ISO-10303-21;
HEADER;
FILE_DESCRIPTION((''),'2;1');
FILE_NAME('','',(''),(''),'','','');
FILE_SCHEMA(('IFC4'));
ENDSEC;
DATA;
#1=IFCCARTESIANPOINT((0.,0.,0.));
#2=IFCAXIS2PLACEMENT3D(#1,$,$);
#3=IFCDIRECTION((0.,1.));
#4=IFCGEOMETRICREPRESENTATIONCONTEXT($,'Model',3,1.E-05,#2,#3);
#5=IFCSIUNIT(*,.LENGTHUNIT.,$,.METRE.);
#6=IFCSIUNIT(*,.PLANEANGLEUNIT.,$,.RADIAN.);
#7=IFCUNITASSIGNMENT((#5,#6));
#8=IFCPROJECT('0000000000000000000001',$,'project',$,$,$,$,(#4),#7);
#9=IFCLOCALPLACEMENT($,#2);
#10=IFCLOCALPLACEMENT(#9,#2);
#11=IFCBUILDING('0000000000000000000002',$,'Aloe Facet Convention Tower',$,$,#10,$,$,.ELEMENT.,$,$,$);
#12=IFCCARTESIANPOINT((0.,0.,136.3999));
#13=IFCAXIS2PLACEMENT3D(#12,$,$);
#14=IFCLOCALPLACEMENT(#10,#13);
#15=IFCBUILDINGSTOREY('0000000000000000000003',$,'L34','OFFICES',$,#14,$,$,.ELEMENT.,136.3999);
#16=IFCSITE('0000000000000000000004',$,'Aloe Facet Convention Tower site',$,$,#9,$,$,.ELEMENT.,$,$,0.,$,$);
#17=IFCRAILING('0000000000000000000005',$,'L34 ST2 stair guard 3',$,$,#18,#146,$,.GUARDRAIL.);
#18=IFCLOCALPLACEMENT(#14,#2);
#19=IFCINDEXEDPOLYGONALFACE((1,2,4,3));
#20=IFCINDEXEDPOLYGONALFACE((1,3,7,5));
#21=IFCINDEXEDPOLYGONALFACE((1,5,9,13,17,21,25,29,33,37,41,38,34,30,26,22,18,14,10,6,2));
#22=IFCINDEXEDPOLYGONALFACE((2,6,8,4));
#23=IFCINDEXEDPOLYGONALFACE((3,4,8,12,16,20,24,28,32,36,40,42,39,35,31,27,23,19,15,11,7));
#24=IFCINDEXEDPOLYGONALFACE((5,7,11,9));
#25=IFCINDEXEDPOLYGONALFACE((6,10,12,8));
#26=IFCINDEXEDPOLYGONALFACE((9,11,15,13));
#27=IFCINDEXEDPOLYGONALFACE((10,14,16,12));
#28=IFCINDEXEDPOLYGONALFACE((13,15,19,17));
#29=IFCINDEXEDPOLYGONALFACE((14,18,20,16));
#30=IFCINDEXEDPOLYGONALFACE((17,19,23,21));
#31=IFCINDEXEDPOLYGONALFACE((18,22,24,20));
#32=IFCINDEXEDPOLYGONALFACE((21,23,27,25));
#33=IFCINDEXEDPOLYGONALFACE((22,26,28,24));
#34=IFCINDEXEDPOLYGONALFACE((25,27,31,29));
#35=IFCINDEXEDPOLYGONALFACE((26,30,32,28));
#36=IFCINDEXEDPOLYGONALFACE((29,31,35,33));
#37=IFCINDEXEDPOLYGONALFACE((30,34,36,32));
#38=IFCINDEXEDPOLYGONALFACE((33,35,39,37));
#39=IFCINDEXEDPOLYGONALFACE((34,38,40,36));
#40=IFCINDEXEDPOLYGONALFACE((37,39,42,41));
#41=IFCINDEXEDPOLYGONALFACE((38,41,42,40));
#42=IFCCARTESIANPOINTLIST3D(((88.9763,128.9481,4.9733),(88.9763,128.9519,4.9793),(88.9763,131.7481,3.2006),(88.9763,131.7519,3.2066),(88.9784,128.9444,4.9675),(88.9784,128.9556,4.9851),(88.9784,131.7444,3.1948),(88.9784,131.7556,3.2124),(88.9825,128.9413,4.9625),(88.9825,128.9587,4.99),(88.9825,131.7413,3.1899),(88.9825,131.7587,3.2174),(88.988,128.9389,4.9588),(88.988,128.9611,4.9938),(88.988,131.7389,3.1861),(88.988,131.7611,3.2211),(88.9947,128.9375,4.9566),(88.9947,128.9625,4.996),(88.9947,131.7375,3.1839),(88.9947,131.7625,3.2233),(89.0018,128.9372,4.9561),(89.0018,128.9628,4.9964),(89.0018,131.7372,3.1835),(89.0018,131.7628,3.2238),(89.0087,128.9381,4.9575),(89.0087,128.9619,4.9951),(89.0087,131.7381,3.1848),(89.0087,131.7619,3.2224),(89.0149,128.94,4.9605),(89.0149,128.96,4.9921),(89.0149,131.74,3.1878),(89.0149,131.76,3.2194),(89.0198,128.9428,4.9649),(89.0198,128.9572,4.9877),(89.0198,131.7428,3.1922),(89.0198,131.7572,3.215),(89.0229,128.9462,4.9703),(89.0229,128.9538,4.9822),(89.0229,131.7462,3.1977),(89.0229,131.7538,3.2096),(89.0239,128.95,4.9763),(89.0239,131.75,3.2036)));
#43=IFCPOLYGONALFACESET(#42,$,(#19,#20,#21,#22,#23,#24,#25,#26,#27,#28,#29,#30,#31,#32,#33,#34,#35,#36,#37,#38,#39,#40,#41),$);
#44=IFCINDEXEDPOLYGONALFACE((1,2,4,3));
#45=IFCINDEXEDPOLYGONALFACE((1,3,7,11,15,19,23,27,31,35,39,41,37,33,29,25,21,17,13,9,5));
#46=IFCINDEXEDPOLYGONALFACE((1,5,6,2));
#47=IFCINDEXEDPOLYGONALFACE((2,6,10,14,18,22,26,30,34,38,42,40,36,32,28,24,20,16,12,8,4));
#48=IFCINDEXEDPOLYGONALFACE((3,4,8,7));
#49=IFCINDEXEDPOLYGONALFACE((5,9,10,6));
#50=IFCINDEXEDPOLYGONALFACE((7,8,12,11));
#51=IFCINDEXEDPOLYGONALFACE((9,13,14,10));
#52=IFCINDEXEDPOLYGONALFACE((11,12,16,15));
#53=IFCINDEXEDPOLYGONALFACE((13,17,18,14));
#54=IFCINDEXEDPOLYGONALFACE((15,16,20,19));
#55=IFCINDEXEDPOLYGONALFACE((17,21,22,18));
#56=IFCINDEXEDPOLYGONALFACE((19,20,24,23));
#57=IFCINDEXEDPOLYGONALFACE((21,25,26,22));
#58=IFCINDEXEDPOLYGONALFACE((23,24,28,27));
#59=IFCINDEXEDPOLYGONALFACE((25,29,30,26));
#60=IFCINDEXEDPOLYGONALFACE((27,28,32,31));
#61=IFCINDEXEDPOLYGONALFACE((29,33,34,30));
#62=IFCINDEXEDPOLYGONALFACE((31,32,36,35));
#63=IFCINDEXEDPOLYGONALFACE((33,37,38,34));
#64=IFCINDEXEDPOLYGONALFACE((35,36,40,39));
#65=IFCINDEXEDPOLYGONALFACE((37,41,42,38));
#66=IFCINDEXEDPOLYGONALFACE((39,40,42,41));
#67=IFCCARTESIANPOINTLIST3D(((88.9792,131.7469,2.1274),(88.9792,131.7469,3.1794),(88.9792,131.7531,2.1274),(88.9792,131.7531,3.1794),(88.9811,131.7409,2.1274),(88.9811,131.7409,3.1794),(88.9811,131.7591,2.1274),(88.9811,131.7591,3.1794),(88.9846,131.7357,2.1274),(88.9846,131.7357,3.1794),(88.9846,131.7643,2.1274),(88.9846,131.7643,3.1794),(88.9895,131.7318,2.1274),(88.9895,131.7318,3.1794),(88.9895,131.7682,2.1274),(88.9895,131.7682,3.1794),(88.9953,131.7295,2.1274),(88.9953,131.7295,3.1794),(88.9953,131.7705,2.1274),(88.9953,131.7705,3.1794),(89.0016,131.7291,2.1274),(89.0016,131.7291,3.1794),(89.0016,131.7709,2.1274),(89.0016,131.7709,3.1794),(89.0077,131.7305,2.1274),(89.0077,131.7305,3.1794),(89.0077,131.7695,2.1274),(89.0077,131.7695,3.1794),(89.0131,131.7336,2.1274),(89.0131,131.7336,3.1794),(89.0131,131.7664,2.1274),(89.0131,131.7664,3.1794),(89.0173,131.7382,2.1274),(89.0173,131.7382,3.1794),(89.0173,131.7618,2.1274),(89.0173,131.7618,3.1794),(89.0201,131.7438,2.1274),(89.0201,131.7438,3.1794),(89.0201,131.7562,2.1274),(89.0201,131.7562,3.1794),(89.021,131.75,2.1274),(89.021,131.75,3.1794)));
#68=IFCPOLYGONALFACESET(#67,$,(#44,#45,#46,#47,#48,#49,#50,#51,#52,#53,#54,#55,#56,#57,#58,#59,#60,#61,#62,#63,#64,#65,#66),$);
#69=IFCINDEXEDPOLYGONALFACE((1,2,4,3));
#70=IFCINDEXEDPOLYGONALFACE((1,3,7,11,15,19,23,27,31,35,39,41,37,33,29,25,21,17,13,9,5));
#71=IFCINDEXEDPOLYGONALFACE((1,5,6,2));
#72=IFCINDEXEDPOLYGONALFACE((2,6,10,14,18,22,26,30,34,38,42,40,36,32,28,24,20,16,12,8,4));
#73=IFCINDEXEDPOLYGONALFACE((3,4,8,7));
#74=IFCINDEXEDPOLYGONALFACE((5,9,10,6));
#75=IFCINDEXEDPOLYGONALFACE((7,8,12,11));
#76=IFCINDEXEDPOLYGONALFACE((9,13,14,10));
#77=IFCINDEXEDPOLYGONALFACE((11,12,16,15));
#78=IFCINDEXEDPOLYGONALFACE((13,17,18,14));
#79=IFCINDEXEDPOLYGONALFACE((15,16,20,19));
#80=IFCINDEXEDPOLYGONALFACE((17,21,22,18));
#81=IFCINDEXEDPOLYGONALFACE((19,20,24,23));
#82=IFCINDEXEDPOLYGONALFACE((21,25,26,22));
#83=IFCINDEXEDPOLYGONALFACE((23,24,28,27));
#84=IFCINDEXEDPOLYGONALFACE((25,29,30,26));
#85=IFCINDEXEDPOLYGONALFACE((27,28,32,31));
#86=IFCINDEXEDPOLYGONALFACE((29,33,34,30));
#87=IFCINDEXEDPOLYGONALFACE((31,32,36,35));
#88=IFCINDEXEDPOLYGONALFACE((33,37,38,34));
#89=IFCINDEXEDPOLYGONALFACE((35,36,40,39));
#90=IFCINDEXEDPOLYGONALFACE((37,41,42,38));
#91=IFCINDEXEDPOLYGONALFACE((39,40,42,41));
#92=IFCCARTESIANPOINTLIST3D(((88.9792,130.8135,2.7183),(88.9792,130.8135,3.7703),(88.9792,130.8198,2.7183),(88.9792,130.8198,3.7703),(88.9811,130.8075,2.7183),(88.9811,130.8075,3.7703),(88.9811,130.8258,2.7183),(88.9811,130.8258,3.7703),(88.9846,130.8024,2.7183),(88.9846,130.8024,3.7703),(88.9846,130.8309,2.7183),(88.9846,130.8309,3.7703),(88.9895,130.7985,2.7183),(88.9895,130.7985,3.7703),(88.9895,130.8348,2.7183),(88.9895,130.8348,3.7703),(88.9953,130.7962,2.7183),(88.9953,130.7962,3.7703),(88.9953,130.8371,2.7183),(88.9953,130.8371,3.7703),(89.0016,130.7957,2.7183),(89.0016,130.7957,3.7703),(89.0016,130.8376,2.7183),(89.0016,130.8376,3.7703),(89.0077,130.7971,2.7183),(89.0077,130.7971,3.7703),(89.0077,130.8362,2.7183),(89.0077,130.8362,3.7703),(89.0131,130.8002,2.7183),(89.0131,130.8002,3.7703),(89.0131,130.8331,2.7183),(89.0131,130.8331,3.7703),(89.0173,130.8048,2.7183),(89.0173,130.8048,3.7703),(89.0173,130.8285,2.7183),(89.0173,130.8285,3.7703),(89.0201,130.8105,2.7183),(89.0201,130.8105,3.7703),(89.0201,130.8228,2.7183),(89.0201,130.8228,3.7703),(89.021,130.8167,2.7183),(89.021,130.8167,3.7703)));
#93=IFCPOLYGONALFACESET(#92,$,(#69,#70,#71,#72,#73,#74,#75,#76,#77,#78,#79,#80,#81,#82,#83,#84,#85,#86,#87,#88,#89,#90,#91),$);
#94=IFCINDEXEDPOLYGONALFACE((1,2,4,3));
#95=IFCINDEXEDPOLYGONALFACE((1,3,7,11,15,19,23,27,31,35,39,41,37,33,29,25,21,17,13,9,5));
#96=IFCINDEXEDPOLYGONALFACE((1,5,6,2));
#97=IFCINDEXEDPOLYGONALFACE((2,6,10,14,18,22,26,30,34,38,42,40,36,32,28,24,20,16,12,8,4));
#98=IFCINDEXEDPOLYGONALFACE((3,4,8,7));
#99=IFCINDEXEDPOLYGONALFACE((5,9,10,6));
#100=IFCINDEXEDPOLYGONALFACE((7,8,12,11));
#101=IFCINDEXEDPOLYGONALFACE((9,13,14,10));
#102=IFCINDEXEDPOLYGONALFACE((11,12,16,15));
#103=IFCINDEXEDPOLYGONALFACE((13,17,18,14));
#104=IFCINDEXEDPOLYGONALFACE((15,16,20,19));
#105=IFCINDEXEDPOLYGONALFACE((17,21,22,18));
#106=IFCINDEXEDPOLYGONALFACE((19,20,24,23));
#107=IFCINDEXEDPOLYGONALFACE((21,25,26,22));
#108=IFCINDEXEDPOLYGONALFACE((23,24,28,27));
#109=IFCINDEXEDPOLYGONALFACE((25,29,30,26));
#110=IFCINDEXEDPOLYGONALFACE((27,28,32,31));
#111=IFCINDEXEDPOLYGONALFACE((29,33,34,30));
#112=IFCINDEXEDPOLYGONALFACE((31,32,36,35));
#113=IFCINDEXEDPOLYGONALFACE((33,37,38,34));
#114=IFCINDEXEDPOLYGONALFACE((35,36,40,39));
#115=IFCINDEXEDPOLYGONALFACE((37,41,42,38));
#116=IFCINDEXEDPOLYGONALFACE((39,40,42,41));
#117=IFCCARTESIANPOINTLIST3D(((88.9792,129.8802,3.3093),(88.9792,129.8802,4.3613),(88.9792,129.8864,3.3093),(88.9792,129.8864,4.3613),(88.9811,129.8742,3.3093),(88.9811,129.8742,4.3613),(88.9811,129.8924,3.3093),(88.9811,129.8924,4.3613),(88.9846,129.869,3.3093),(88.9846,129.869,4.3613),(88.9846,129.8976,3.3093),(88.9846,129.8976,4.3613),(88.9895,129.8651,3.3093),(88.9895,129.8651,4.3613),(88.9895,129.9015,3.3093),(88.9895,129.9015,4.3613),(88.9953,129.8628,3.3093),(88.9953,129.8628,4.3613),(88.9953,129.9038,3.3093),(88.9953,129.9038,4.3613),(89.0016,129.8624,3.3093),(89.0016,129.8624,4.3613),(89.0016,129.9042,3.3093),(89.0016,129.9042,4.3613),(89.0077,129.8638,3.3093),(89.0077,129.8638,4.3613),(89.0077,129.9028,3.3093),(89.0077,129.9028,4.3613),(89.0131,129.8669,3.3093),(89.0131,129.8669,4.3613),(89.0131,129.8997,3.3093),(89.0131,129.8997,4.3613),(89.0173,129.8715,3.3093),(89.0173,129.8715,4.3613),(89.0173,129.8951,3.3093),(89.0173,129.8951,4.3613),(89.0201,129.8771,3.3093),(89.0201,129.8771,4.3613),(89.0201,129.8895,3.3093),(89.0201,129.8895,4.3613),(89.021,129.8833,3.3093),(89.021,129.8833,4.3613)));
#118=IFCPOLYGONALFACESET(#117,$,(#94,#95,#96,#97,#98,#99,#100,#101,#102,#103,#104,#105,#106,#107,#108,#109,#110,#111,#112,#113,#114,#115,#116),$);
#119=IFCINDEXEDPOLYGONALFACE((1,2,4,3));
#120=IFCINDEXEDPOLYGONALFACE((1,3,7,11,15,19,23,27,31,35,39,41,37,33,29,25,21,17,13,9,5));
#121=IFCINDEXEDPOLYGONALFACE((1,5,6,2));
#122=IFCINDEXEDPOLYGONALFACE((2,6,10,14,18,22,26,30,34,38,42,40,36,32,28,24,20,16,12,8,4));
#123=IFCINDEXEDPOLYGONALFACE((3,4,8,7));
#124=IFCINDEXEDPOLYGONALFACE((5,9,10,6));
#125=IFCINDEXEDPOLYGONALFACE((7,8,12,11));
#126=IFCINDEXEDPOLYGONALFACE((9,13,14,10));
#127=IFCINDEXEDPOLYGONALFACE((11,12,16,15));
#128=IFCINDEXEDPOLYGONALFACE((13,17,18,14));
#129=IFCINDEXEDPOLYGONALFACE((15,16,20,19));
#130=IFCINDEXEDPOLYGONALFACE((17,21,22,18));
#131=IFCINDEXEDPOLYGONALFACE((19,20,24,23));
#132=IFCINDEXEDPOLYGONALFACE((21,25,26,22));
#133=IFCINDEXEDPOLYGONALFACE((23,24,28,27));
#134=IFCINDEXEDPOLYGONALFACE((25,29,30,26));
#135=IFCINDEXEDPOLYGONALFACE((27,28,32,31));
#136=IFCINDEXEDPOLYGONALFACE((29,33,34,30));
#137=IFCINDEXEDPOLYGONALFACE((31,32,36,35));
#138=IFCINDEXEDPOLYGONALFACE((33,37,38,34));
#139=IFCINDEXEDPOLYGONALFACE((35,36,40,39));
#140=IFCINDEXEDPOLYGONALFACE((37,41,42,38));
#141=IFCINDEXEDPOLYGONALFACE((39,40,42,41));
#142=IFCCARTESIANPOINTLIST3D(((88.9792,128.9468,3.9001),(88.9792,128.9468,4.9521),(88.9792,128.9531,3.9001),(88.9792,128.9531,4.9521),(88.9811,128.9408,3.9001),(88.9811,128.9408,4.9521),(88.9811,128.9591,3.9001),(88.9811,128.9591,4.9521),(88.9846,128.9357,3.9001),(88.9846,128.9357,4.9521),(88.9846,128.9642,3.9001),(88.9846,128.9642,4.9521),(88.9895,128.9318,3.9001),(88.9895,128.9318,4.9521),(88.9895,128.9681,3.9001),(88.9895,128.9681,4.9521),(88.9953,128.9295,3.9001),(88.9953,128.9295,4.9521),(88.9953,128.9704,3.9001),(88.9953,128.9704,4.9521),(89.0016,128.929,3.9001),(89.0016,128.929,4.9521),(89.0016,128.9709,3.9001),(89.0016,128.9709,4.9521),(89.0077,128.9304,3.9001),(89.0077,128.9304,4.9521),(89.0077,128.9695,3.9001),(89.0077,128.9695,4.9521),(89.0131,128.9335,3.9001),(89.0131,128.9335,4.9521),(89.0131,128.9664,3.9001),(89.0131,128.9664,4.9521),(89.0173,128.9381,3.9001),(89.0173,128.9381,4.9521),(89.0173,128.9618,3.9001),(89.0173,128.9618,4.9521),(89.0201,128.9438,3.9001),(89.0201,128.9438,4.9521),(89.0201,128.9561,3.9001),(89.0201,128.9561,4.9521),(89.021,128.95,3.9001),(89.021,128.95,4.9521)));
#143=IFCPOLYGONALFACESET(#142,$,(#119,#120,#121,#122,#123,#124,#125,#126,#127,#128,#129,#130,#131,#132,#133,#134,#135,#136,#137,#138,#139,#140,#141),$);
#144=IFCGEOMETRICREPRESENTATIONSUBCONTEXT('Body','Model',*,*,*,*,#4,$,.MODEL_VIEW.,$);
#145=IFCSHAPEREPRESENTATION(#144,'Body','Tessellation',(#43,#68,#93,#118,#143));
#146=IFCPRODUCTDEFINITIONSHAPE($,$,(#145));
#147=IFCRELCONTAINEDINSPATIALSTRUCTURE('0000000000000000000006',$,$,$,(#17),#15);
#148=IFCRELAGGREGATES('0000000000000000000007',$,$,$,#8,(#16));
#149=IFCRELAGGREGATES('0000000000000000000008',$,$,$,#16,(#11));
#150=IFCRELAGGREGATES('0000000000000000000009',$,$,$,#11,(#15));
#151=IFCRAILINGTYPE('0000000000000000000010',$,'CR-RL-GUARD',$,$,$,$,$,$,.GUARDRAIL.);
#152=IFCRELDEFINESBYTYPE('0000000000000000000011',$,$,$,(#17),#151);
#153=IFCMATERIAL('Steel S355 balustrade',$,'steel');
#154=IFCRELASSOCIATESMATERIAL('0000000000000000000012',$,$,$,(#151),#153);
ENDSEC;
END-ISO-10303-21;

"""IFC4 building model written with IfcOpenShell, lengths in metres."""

from ifc_helpers import new_model, si_unit, direction, frame, origin, origin_2d, place, context, subcontext, project, spatial, circle, extrude, material, type_object, element, save


model = new_model("IFC4")

# Units and contexts
model_context = context("Model", 3, precision=1e-05, world=origin(), true_north=direction((0.0, 1.0)))
body_context = subcontext(model_context, "Body", "Model", "MODEL_VIEW")
ifc_project = project(units=[si_unit("LENGTHUNIT", "METRE"), si_unit("PLANEANGLEUNIT", "RADIAN")], contexts=[model_context])

# Site, building, storey
site_placement = place(None, origin())
site = spatial("IfcSite", under=ifc_project, at=site_placement, Name="Aloe Facet Convention Tower site", CompositionType="ELEMENT", RefElevation=0.0)
building_placement = place(site_placement, origin())
building = spatial("IfcBuilding", under=site, at=building_placement, Name="Aloe Facet Convention Tower", CompositionType="ELEMENT")
storey_placement = place(building_placement, frame((0.0, 0.0, 136.3999)))
storey = spatial("IfcBuildingStorey", under=building, at=storey_placement, Name="L34", Description="OFFICES", CompositionType="ELEMENT", Elevation=136.3999)

# Railing
ifc_material_1 = material(Name="Steel S355 balustrade", Category="steel")
railing_type_1 = type_object("IfcRailingType", Name="CR-RL-GUARD", PredefinedType="GUARDRAIL", material=ifc_material_1)
railing_1_placement = place(storey_placement, frame((89.0, 131.75, 2.1274)))
element("IfcRailing", 1, at=railing_1_placement, inside=storey, type_object=railing_type_1, Name="L34 ST2 stair guard 3", PredefinedType="GUARDRAIL", context=body_context, shape_type="SweptSolid", body=[
    extrude(circle(Radius=0.0239, at=origin_2d()), frame((0.0, 0.0, 1.0762), z_axis=(0.0, -0.844909, 0.53491), x_axis=(1.0, 0.0, 0.0)), (0.0, 0.0, 1.0), 3.314),
    extrude(circle(Radius=0.021, at=origin_2d()), origin(), (0.0, 0.0, 1.0), 1.052),
    extrude(circle(Radius=0.021, at=origin_2d()), frame((0.0, -0.9333, 0.5908)), (0.0, 0.0, 1.0), 1.052),
    extrude(circle(Radius=0.021, at=origin_2d()), frame((0.0, -1.8667, 1.1819)), (0.0, 0.0, 1.0), 1.052),
    extrude(circle(Radius=0.021, at=origin_2d()), frame((0.0, -2.8, 1.7727)), (0.0, 0.0, 1.0), 1.052),
])

save(model, "model.ifc")
